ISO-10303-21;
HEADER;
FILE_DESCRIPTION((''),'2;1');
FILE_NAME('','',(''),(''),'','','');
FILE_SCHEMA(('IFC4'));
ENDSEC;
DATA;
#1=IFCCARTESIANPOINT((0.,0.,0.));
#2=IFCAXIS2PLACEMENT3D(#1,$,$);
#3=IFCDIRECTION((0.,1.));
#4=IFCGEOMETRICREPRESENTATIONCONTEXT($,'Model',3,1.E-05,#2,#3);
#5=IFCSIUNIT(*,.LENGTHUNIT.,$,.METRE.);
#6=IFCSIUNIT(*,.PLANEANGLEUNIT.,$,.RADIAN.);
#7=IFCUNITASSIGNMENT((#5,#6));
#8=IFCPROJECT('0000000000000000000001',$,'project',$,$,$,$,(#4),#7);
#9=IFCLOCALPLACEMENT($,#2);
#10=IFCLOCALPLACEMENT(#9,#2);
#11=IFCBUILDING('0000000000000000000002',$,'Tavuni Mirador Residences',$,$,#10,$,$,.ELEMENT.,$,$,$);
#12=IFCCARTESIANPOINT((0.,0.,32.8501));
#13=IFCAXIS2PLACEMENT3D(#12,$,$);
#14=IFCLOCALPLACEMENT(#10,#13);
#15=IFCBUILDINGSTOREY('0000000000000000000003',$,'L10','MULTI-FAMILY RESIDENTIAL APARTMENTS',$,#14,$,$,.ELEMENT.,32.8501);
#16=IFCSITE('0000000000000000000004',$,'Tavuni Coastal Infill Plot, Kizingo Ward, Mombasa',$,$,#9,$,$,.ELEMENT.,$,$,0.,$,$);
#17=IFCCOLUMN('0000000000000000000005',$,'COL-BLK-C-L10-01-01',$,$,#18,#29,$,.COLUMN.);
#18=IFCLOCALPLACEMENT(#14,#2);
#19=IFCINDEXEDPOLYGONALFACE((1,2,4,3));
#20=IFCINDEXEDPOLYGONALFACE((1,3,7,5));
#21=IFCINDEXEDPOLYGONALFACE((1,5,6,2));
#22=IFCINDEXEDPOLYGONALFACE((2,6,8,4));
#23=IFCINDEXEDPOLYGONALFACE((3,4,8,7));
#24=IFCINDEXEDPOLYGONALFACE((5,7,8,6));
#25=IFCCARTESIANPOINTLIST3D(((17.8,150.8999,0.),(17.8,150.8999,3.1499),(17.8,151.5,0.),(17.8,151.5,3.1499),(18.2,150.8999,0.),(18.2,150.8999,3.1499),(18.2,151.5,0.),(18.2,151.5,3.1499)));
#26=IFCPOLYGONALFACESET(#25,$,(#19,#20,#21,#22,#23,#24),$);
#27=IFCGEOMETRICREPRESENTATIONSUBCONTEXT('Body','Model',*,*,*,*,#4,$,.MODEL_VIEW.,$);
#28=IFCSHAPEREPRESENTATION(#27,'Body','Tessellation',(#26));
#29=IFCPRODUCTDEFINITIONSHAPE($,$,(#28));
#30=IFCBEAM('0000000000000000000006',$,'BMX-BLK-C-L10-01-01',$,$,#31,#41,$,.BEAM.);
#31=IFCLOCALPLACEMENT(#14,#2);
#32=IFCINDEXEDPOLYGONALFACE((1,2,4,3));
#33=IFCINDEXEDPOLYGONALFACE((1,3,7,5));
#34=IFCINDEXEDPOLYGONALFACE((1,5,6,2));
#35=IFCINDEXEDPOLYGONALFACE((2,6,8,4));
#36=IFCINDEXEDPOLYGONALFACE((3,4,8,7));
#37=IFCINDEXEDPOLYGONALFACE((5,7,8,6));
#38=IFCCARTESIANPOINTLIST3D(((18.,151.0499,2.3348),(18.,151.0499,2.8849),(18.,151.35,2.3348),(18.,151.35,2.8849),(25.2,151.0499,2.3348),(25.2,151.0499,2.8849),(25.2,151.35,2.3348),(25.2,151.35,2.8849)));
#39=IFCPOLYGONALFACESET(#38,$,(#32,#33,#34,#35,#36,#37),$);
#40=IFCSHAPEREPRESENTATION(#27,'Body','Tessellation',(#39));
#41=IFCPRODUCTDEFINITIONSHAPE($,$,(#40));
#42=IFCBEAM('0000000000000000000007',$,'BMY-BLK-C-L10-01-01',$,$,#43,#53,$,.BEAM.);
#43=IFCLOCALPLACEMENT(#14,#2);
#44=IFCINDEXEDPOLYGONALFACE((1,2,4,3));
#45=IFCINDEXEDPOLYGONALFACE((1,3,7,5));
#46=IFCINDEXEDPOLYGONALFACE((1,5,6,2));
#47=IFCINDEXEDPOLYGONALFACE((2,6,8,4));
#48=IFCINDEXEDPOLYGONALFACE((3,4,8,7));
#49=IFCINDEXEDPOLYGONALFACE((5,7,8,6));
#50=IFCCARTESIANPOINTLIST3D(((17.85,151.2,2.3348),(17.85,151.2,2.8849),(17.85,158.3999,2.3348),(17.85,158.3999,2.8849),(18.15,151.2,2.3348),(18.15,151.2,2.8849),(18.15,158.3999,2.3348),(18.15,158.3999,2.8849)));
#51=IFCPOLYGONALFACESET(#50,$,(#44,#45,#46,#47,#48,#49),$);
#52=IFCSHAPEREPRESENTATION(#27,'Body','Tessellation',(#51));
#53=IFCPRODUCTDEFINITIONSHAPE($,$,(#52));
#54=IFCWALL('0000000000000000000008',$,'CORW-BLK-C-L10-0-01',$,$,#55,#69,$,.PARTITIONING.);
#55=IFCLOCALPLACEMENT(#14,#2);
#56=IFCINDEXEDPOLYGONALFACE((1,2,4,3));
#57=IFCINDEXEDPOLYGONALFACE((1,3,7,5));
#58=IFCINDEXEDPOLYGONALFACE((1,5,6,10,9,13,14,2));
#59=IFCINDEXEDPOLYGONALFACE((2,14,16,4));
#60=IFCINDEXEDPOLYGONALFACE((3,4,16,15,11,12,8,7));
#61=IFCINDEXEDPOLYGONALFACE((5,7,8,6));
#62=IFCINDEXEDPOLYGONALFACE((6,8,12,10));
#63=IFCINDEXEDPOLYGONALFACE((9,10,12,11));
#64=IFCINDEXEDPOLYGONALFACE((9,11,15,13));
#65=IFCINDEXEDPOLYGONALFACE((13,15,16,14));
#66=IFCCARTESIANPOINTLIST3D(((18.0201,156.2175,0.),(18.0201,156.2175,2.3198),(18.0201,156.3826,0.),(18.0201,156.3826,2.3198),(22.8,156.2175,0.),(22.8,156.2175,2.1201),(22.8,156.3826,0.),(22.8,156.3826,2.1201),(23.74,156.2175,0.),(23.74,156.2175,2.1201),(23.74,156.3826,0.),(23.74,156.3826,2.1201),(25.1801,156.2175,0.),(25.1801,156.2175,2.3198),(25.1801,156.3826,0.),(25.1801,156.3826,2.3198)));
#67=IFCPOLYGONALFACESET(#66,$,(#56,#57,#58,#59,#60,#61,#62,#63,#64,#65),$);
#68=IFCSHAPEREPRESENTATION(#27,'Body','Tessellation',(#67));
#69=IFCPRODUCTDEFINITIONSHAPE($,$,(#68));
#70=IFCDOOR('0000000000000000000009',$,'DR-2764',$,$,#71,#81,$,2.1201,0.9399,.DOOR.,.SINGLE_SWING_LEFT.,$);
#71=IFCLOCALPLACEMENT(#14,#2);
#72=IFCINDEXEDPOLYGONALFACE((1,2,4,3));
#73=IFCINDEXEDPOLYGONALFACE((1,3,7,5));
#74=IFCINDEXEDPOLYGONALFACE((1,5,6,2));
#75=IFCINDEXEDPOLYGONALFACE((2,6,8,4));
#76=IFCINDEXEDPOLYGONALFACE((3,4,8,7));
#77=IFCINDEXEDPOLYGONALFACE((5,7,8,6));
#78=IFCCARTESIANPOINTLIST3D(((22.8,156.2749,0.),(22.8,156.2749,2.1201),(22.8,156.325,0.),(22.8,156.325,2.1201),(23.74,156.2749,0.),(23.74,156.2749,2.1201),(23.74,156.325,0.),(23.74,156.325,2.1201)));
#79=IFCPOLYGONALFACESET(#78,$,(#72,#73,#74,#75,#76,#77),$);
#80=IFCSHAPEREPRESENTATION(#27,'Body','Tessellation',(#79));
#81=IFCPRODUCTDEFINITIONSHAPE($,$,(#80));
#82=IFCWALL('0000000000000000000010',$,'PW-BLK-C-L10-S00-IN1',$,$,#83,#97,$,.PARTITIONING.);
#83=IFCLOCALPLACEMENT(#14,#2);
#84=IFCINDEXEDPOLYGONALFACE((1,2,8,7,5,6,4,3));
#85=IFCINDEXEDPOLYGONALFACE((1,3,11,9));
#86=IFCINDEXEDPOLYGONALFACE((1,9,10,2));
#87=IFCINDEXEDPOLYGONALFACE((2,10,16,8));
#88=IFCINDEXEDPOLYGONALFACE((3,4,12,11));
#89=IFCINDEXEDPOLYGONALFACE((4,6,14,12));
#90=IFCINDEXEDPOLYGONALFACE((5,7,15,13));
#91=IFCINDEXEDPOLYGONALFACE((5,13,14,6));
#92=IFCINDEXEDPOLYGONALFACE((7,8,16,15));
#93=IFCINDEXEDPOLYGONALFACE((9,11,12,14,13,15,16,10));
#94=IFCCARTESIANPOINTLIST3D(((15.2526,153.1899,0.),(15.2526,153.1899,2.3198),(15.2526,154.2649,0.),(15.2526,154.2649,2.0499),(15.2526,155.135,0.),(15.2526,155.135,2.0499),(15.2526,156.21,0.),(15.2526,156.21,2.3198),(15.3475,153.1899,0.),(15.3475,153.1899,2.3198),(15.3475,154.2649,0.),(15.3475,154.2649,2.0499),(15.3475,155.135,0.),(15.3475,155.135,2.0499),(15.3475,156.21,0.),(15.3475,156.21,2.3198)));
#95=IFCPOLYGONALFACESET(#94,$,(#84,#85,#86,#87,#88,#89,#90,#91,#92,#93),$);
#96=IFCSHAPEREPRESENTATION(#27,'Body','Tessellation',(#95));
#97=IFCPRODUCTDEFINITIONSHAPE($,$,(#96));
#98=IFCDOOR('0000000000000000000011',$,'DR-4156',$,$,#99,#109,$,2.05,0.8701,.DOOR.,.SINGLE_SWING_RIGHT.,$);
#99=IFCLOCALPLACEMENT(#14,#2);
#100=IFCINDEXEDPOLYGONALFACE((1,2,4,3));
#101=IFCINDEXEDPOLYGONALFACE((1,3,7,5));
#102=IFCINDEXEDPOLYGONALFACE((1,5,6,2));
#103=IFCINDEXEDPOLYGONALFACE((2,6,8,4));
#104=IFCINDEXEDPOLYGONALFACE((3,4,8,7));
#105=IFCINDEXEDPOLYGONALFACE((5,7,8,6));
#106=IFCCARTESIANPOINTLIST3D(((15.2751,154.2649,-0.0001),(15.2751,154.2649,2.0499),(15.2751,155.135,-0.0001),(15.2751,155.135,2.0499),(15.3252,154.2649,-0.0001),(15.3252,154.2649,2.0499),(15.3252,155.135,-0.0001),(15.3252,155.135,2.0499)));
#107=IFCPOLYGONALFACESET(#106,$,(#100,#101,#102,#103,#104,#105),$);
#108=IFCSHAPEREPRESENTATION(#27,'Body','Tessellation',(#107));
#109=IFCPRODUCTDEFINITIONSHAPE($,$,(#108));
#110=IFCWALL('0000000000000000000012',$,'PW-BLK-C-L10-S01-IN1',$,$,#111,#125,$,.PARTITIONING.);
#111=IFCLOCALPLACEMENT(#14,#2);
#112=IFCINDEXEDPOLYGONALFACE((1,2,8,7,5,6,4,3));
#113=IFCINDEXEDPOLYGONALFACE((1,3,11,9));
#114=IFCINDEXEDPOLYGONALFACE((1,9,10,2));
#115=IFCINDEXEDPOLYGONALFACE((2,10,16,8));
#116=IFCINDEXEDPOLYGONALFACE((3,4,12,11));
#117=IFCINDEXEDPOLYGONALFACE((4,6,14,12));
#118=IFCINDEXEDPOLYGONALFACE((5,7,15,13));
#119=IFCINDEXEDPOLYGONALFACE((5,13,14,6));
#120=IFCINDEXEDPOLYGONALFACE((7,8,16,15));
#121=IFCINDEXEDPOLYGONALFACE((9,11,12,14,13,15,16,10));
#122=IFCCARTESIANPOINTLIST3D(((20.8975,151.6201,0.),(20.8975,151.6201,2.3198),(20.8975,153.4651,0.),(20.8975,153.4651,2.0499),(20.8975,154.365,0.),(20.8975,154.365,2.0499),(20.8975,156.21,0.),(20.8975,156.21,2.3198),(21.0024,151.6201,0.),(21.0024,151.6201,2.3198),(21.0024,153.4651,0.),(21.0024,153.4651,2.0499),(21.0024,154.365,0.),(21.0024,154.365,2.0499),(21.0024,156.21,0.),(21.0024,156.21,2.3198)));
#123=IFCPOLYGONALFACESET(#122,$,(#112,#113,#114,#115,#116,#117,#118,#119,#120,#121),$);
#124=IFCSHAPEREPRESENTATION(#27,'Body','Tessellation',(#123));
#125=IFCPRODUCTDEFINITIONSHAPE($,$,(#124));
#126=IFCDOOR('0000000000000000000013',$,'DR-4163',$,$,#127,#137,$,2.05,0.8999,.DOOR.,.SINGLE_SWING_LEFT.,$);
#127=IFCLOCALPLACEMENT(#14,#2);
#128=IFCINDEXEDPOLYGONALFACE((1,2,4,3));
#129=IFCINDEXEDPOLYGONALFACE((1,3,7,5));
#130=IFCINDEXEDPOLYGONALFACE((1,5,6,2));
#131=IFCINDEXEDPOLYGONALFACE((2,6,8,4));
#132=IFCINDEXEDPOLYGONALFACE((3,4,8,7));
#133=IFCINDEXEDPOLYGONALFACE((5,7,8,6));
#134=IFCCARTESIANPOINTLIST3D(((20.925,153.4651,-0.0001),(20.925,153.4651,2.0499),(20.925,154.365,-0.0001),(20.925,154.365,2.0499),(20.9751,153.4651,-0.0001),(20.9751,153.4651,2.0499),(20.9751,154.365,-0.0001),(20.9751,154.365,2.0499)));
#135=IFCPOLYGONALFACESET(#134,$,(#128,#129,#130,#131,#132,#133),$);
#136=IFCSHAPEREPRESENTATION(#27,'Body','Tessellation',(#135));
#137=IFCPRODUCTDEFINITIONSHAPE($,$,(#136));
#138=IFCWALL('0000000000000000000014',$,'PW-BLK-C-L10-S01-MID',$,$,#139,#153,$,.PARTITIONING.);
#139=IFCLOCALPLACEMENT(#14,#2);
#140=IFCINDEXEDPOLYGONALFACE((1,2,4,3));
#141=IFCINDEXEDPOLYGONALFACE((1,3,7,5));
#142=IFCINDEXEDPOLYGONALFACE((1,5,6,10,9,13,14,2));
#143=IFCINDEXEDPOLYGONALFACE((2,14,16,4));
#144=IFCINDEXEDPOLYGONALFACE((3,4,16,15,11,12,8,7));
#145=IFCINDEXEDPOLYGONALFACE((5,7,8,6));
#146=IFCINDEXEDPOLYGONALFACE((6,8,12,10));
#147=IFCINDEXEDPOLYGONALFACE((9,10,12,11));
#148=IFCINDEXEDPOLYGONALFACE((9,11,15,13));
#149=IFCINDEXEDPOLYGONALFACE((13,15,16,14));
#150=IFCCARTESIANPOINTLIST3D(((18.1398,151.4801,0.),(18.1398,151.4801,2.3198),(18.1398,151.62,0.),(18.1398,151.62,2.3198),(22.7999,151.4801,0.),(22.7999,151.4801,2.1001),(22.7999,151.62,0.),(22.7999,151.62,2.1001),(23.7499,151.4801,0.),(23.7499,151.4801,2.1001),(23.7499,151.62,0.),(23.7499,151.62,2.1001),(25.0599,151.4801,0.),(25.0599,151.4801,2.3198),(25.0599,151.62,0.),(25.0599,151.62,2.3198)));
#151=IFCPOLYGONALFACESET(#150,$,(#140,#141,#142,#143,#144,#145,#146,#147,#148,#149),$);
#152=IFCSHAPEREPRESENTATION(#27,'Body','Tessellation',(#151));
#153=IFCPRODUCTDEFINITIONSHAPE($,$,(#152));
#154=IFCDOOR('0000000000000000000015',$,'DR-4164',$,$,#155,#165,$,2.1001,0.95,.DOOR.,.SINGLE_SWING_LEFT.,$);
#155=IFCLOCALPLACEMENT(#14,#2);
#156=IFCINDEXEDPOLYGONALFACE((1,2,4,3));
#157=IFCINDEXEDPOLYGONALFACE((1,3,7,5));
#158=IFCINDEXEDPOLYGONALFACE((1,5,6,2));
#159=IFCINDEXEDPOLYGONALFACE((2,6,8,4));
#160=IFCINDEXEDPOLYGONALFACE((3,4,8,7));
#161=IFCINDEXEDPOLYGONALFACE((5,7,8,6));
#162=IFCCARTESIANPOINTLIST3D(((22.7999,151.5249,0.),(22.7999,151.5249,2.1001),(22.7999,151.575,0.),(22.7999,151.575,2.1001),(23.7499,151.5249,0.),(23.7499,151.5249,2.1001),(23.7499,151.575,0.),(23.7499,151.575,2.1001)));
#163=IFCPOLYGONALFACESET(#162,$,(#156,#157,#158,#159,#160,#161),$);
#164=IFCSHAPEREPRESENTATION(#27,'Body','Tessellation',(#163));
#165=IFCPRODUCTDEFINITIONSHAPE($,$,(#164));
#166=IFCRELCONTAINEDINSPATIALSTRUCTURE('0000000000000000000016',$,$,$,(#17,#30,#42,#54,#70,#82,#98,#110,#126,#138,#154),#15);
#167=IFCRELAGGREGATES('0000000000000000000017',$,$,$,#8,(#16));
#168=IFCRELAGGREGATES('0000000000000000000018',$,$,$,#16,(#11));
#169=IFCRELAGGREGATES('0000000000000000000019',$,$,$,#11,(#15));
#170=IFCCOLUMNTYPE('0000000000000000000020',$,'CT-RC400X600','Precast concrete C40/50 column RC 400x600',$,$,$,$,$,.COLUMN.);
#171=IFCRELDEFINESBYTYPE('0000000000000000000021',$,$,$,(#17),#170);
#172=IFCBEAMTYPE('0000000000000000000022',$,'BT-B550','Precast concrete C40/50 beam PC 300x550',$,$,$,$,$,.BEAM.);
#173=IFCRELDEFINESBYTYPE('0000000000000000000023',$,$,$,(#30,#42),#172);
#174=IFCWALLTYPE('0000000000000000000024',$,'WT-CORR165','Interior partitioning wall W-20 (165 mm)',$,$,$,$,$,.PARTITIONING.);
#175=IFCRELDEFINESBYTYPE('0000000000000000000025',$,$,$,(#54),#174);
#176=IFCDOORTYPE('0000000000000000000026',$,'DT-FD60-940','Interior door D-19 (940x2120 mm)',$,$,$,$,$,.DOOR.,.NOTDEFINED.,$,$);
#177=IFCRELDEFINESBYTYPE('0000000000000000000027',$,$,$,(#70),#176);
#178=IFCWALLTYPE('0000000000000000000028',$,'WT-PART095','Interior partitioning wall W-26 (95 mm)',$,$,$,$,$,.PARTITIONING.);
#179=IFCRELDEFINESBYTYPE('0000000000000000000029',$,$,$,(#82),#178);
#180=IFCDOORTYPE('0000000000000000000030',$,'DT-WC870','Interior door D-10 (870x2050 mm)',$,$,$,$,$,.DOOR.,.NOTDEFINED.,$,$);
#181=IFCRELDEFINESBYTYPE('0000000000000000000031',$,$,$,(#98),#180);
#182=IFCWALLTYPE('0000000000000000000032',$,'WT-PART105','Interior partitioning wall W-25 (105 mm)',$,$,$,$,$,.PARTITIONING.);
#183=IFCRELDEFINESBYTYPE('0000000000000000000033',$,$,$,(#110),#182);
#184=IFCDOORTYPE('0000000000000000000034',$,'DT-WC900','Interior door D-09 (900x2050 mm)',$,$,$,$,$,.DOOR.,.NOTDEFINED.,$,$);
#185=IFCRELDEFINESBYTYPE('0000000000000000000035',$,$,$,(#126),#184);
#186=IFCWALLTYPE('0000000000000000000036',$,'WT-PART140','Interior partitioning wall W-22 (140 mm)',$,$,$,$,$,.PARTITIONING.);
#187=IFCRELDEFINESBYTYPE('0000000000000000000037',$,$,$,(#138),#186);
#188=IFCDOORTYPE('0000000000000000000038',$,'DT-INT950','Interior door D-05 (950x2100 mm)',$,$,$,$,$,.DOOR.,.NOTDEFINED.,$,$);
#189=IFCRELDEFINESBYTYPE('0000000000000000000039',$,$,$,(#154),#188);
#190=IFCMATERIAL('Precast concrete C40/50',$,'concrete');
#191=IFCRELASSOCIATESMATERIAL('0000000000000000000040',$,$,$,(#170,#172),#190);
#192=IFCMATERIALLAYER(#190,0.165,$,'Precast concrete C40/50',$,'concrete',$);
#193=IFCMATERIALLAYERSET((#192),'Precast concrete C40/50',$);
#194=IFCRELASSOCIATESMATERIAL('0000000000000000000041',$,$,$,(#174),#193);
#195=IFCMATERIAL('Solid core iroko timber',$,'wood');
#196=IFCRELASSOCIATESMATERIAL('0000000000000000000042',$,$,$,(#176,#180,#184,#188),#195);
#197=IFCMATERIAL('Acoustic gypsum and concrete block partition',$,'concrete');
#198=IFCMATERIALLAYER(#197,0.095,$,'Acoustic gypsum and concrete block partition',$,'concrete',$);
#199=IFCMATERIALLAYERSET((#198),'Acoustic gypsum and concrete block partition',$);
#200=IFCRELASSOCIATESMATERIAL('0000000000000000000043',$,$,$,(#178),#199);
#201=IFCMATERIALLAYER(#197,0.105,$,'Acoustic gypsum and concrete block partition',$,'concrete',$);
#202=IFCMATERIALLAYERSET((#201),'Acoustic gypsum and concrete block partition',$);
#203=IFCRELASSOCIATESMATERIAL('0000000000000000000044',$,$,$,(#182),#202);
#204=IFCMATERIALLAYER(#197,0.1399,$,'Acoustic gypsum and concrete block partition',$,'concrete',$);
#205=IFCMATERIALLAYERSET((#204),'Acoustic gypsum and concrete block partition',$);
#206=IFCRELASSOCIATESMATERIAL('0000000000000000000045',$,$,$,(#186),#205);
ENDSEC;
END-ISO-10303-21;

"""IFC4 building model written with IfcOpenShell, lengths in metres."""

from ifc_helpers import new_model, si_unit, direction, frame, frame_2d, origin, origin_2d, place, context, subcontext, project, spatial, rectangle, extrude, material, layer, layer_set, material_profile, profile_set, type_object, element, fill, save


model = new_model("IFC4")

# Units and contexts
model_context = context("Model", 3, precision=1e-05, world=origin(), true_north=direction((0.0, 1.0)))
body_context = subcontext(model_context, "Body", "Model", "MODEL_VIEW")
ifc_project = project(units=[si_unit("LENGTHUNIT", "METRE"), si_unit("PLANEANGLEUNIT", "RADIAN")], contexts=[model_context])

# Site, building, storey
site_placement = place(None, origin())
site = spatial("IfcSite", under=ifc_project, at=site_placement, Name="Tavuni Coastal Infill Plot, Kizingo Ward, Mombasa", CompositionType="ELEMENT", RefElevation=0.0)
building_placement = place(site_placement, origin())
building = spatial("IfcBuilding", under=site, at=building_placement, Name="Tavuni Mirador Residences", CompositionType="ELEMENT")
storey_placement = place(building_placement, frame((0.0, 0.0, 32.8501)))
storey = spatial("IfcBuildingStorey", under=building, at=storey_placement, Name="L10", Description="MULTI-FAMILY RESIDENTIAL APARTMENTS", CompositionType="ELEMENT", Elevation=32.8501)

# Column
ifc_material_1 = material(Name="Precast concrete C40/50", Category="concrete")
ifc_material_profile_1 = material_profile(ifc_material_1, rectangle(XDim=0.3999, YDim=0.6001, at=origin_2d()), Name="RC 400x600", Category="concrete")
ifc_profile_set_1 = profile_set([ifc_material_profile_1], Name="Precast concrete C40/50")
column_type = type_object("IfcColumnType", Name="CT-RC400X600", Description="Precast concrete C40/50 column RC 400x600", PredefinedType="COLUMN", material=ifc_profile_set_1)
column_placement = place(storey_placement, frame((18.0, 151.2, 0.0), z_axis=(0.0, 0.0, 1.0), x_axis=(1.0, 0.0, 0.0)))
element("IfcColumn", 1, at=column_placement, inside=storey, type_object=column_type, Name="COL-BLK-C-L10-01-01", PredefinedType="COLUMN", context=body_context, shape_type="SweptSolid", body=[
    extrude(rectangle(XDim=0.3999, YDim=0.6001, at=origin_2d()), origin(), (0.0, 0.0, 1.0), 3.1499),
])

# Beams
ifc_material_profile_2 = material_profile(ifc_material_1, rectangle(XDim=0.3, YDim=0.55, at=origin_2d()), Name="PC 300x550", Category="concrete")
ifc_profile_set_2 = profile_set([ifc_material_profile_2], Name="Precast concrete C40/50")
beam_type = type_object("IfcBeamType", Name="BT-B550", Description="Precast concrete C40/50 beam PC 300x550", PredefinedType="BEAM", material=ifc_profile_set_2)
for number, where, z_axis, x_axis, name in (
    (2, (18.0, 151.2, 2.6099), (1.0, 0.0, 0.0), (0.0, 1.0, 0.0), "BMX-BLK-C-L10-01-01"),
    (3, (18.0, 151.2, 2.6099), (0.0, 1.0, 0.0), (-1.0, 0.0, 0.0), "BMY-BLK-C-L10-01-01"),
):
    element("IfcBeam", number, at=place(storey_placement, frame(where, z_axis=z_axis, x_axis=x_axis)), inside=storey, type_object=beam_type, Name=name, PredefinedType="BEAM", context=body_context, shape_type="SweptSolid", body=[
        extrude(rectangle(XDim=0.3, YDim=0.55, at=origin_2d()), origin(), (0.0, 0.0, 1.0), 7.2),
    ])

# Walls, openings, doors
ifc_layer_1 = layer(ifc_material_1, 0.165, Name="Precast concrete C40/50", Category="concrete")
ifc_layer_set_1 = layer_set([ifc_layer_1], Name="Precast concrete C40/50")
wall_type_1 = type_object("IfcWallType", Name="WT-CORR165", Description="Interior partitioning wall W-20 (165 mm)", PredefinedType="PARTITIONING", material=ifc_layer_set_1)
ifc_material_2 = material(Name="Solid core iroko timber", Category="wood")
wall_1_placement = place(storey_placement, frame((18.02, 156.3, 0.0), z_axis=(0.0, 0.0, 1.0), x_axis=(1.0, 0.0, 0.0)))
wall_1 = element("IfcWall", 4, at=wall_1_placement, inside=storey, type_object=wall_type_1, Name="CORW-BLK-C-L10-0-01", PredefinedType="PARTITIONING", context=body_context, shape_type="SweptSolid", body=[
    extrude(rectangle(XDim=7.1599, YDim=0.165, at=frame_2d((3.5801, 0.0))), origin(), (0.0, 0.0, 1.0), 2.3198),
])
opening_1_placement = place(wall_1_placement, frame((4.78, 0.0, 0.0)))
opening_1 = element("IfcOpeningElement", 5, at=opening_1_placement, cuts=wall_1, PredefinedType="OPENING", context=body_context, shape_type="SweptSolid", body=[
    extrude(rectangle(XDim=0.9399, YDim=2.1201, at=frame_2d((0.47, 1.0601))), frame((0.0, 0.0925, 0.0), z_axis=(0.0, -1.0, 0.0), x_axis=(1.0, 0.0, 0.0)), (0.0, 0.0, 1.0), 0.1851),
])
door_type_1 = type_object("IfcDoorType", Name="DT-FD60-940", Description="Interior door D-19 (940x2120 mm)", OperationType="NOTDEFINED", PredefinedType="DOOR", material=ifc_material_2)
door_1_placement = place(opening_1_placement, origin())
door_1 = element("IfcDoor", 6, at=door_1_placement, inside=storey, type_object=door_type_1, Name="DR-2764", OperationType="SINGLE_SWING_LEFT", OverallHeight=2.1201, OverallWidth=0.9399, PredefinedType="DOOR", context=body_context, shape_type="SweptSolid", body=[
    extrude(rectangle(XDim=0.9399, YDim=2.1201, at=frame_2d((0.47, 1.0601))), frame((0.0, 0.0249, 0.0), z_axis=(0.0, -1.0, 0.0), x_axis=(1.0, 0.0, 0.0)), (0.0, 0.0, 1.0), 0.05),
])
fill(opening_1, door_1)
ifc_material_3 = material(Name="Acoustic gypsum and concrete block partition", Category="concrete")
ifc_layer_2 = layer(ifc_material_3, 0.095, Name="Acoustic gypsum and concrete block partition", Category="concrete")
ifc_layer_set_2 = layer_set([ifc_layer_2], Name="Acoustic gypsum and concrete block partition")
wall_type_2 = type_object("IfcWallType", Name="WT-PART095", Description="Interior partitioning wall W-26 (95 mm)", PredefinedType="PARTITIONING", material=ifc_layer_set_2)
wall_2_placement = place(storey_placement, frame((15.3, 153.1899, 0.0), z_axis=(0.0, 0.0, 1.0), x_axis=(0.0, 1.0, 0.0)))
wall_2 = element("IfcWall", 7, at=wall_2_placement, inside=storey, type_object=wall_type_2, Name="PW-BLK-C-L10-S00-IN1", PredefinedType="PARTITIONING", context=body_context, shape_type="SweptSolid", body=[
    extrude(rectangle(XDim=3.02, YDim=0.095, at=frame_2d((1.51, 0.0))), origin(), (0.0, 0.0, 1.0), 2.3198),
])
opening_2_placement = place(wall_2_placement, frame((1.075, 0.0, 0.0)))
opening_2 = element("IfcOpeningElement", 8, at=opening_2_placement, cuts=wall_2, PredefinedType="OPENING", context=body_context, shape_type="SweptSolid", body=[
    extrude(rectangle(XDim=0.8701, YDim=2.05, at=frame_2d((0.4351, 1.0249))), frame((0.0, 0.0576, 0.0), z_axis=(0.0, -1.0, 0.0), x_axis=(1.0, 0.0, 0.0)), (0.0, 0.0, 1.0), 0.115),
])
door_type_2 = type_object("IfcDoorType", Name="DT-WC870", Description="Interior door D-10 (870x2050 mm)", OperationType="NOTDEFINED", PredefinedType="DOOR", material=ifc_material_2)
door_2_placement = place(opening_2_placement, origin())
door_2 = element("IfcDoor", 9, at=door_2_placement, inside=storey, type_object=door_type_2, Name="DR-4156", OperationType="SINGLE_SWING_RIGHT", OverallHeight=2.05, OverallWidth=0.8701, PredefinedType="DOOR", context=body_context, shape_type="SweptSolid", body=[
    extrude(rectangle(XDim=0.8701, YDim=2.05, at=frame_2d((0.4351, 1.0249))), frame((0.0, 0.0249, 0.0), z_axis=(0.0, -1.0, 0.0), x_axis=(1.0, 0.0, 0.0)), (0.0, 0.0, 1.0), 0.05),
])
fill(opening_2, door_2)
ifc_layer_3 = layer(ifc_material_3, 0.105, Name="Acoustic gypsum and concrete block partition", Category="concrete")
ifc_layer_set_3 = layer_set([ifc_layer_3], Name="Acoustic gypsum and concrete block partition")
wall_type_3 = type_object("IfcWallType", Name="WT-PART105", Description="Interior partitioning wall W-25 (105 mm)", PredefinedType="PARTITIONING", material=ifc_layer_set_3)
wall_3_placement = place(storey_placement, frame((20.95, 151.6201, 0.0), z_axis=(0.0, 0.0, 1.0), x_axis=(0.0, 1.0, 0.0)))
wall_3 = element("IfcWall", 10, at=wall_3_placement, inside=storey, type_object=wall_type_3, Name="PW-BLK-C-L10-S01-IN1", PredefinedType="PARTITIONING", context=body_context, shape_type="SweptSolid", body=[
    extrude(rectangle(XDim=4.5898, YDim=0.105, at=frame_2d((2.2949, 0.0))), origin(), (0.0, 0.0, 1.0), 2.3198),
])
opening_3_placement = place(wall_3_placement, frame((1.845, 0.0, 0.0)))
opening_3 = element("IfcOpeningElement", 11, at=opening_3_placement, cuts=wall_3, PredefinedType="OPENING", context=body_context, shape_type="SweptSolid", body=[
    extrude(rectangle(XDim=0.8999, YDim=2.05, at=frame_2d((0.45, 1.0249))), frame((0.0, 0.0625, 0.0), z_axis=(0.0, -1.0, 0.0), x_axis=(1.0, 0.0, 0.0)), (0.0, 0.0, 1.0), 0.125),
])
door_type_3 = type_object("IfcDoorType", Name="DT-WC900", Description="Interior door D-09 (900x2050 mm)", OperationType="NOTDEFINED", PredefinedType="DOOR", material=ifc_material_2)
door_3_placement = place(opening_3_placement, origin())
door_3 = element("IfcDoor", 12, at=door_3_placement, inside=storey, type_object=door_type_3, Name="DR-4163", OperationType="SINGLE_SWING_LEFT", OverallHeight=2.05, OverallWidth=0.8999, PredefinedType="DOOR", context=body_context, shape_type="SweptSolid", body=[
    extrude(rectangle(XDim=0.8999, YDim=2.05, at=frame_2d((0.45, 1.0249))), frame((0.0, 0.0249, 0.0), z_axis=(0.0, -1.0, 0.0), x_axis=(1.0, 0.0, 0.0)), (0.0, 0.0, 1.0), 0.05),
])
fill(opening_3, door_3)
ifc_layer_4 = layer(ifc_material_3, 0.1399, Name="Acoustic gypsum and concrete block partition", Category="concrete")
ifc_layer_set_4 = layer_set([ifc_layer_4], Name="Acoustic gypsum and concrete block partition")
wall_type_4 = type_object("IfcWallType", Name="WT-PART140", Description="Interior partitioning wall W-22 (140 mm)", PredefinedType="PARTITIONING", material=ifc_layer_set_4)
wall_4_placement = place(storey_placement, frame((18.1399, 151.55, 0.0), z_axis=(0.0, 0.0, 1.0), x_axis=(1.0, 0.0, 0.0)))
wall_4 = element("IfcWall", 13, at=wall_4_placement, inside=storey, type_object=wall_type_4, Name="PW-BLK-C-L10-S01-MID", PredefinedType="PARTITIONING", context=body_context, shape_type="SweptSolid", body=[
    extrude(rectangle(XDim=6.9202, YDim=0.1399, at=frame_2d((3.46, 0.0))), origin(), (0.0, 0.0, 1.0), 2.3198),
])
opening_4_placement = place(wall_4_placement, frame((4.6599, 0.0, 0.0)))
opening_4 = element("IfcOpeningElement", 14, at=opening_4_placement, cuts=wall_4, PredefinedType="OPENING", context=body_context, shape_type="SweptSolid", body=[
    extrude(rectangle(XDim=0.95, YDim=2.1001, at=frame_2d((0.4751, 1.05))), frame((0.0, 0.0801, 0.0), z_axis=(0.0, -1.0, 0.0), x_axis=(1.0, 0.0, 0.0)), (0.0, 0.0, 1.0), 0.1599),
])
door_type_4 = type_object("IfcDoorType", Name="DT-INT950", Description="Interior door D-05 (950x2100 mm)", OperationType="NOTDEFINED", PredefinedType="DOOR", material=ifc_material_2)
door_4_placement = place(opening_4_placement, origin())
door_4 = element("IfcDoor", 15, at=door_4_placement, inside=storey, type_object=door_type_4, Name="DR-4164", OperationType="SINGLE_SWING_LEFT", OverallHeight=2.1001, OverallWidth=0.95, PredefinedType="DOOR", context=body_context, shape_type="SweptSolid", body=[
    extrude(rectangle(XDim=0.95, YDim=2.1001, at=frame_2d((0.4751, 1.05))), frame((0.0, 0.0249, 0.0), z_axis=(0.0, -1.0, 0.0), x_axis=(1.0, 0.0, 0.0)), (0.0, 0.0, 1.0), 0.05),
])
fill(opening_4, door_4)

save(model, "model.ifc")
